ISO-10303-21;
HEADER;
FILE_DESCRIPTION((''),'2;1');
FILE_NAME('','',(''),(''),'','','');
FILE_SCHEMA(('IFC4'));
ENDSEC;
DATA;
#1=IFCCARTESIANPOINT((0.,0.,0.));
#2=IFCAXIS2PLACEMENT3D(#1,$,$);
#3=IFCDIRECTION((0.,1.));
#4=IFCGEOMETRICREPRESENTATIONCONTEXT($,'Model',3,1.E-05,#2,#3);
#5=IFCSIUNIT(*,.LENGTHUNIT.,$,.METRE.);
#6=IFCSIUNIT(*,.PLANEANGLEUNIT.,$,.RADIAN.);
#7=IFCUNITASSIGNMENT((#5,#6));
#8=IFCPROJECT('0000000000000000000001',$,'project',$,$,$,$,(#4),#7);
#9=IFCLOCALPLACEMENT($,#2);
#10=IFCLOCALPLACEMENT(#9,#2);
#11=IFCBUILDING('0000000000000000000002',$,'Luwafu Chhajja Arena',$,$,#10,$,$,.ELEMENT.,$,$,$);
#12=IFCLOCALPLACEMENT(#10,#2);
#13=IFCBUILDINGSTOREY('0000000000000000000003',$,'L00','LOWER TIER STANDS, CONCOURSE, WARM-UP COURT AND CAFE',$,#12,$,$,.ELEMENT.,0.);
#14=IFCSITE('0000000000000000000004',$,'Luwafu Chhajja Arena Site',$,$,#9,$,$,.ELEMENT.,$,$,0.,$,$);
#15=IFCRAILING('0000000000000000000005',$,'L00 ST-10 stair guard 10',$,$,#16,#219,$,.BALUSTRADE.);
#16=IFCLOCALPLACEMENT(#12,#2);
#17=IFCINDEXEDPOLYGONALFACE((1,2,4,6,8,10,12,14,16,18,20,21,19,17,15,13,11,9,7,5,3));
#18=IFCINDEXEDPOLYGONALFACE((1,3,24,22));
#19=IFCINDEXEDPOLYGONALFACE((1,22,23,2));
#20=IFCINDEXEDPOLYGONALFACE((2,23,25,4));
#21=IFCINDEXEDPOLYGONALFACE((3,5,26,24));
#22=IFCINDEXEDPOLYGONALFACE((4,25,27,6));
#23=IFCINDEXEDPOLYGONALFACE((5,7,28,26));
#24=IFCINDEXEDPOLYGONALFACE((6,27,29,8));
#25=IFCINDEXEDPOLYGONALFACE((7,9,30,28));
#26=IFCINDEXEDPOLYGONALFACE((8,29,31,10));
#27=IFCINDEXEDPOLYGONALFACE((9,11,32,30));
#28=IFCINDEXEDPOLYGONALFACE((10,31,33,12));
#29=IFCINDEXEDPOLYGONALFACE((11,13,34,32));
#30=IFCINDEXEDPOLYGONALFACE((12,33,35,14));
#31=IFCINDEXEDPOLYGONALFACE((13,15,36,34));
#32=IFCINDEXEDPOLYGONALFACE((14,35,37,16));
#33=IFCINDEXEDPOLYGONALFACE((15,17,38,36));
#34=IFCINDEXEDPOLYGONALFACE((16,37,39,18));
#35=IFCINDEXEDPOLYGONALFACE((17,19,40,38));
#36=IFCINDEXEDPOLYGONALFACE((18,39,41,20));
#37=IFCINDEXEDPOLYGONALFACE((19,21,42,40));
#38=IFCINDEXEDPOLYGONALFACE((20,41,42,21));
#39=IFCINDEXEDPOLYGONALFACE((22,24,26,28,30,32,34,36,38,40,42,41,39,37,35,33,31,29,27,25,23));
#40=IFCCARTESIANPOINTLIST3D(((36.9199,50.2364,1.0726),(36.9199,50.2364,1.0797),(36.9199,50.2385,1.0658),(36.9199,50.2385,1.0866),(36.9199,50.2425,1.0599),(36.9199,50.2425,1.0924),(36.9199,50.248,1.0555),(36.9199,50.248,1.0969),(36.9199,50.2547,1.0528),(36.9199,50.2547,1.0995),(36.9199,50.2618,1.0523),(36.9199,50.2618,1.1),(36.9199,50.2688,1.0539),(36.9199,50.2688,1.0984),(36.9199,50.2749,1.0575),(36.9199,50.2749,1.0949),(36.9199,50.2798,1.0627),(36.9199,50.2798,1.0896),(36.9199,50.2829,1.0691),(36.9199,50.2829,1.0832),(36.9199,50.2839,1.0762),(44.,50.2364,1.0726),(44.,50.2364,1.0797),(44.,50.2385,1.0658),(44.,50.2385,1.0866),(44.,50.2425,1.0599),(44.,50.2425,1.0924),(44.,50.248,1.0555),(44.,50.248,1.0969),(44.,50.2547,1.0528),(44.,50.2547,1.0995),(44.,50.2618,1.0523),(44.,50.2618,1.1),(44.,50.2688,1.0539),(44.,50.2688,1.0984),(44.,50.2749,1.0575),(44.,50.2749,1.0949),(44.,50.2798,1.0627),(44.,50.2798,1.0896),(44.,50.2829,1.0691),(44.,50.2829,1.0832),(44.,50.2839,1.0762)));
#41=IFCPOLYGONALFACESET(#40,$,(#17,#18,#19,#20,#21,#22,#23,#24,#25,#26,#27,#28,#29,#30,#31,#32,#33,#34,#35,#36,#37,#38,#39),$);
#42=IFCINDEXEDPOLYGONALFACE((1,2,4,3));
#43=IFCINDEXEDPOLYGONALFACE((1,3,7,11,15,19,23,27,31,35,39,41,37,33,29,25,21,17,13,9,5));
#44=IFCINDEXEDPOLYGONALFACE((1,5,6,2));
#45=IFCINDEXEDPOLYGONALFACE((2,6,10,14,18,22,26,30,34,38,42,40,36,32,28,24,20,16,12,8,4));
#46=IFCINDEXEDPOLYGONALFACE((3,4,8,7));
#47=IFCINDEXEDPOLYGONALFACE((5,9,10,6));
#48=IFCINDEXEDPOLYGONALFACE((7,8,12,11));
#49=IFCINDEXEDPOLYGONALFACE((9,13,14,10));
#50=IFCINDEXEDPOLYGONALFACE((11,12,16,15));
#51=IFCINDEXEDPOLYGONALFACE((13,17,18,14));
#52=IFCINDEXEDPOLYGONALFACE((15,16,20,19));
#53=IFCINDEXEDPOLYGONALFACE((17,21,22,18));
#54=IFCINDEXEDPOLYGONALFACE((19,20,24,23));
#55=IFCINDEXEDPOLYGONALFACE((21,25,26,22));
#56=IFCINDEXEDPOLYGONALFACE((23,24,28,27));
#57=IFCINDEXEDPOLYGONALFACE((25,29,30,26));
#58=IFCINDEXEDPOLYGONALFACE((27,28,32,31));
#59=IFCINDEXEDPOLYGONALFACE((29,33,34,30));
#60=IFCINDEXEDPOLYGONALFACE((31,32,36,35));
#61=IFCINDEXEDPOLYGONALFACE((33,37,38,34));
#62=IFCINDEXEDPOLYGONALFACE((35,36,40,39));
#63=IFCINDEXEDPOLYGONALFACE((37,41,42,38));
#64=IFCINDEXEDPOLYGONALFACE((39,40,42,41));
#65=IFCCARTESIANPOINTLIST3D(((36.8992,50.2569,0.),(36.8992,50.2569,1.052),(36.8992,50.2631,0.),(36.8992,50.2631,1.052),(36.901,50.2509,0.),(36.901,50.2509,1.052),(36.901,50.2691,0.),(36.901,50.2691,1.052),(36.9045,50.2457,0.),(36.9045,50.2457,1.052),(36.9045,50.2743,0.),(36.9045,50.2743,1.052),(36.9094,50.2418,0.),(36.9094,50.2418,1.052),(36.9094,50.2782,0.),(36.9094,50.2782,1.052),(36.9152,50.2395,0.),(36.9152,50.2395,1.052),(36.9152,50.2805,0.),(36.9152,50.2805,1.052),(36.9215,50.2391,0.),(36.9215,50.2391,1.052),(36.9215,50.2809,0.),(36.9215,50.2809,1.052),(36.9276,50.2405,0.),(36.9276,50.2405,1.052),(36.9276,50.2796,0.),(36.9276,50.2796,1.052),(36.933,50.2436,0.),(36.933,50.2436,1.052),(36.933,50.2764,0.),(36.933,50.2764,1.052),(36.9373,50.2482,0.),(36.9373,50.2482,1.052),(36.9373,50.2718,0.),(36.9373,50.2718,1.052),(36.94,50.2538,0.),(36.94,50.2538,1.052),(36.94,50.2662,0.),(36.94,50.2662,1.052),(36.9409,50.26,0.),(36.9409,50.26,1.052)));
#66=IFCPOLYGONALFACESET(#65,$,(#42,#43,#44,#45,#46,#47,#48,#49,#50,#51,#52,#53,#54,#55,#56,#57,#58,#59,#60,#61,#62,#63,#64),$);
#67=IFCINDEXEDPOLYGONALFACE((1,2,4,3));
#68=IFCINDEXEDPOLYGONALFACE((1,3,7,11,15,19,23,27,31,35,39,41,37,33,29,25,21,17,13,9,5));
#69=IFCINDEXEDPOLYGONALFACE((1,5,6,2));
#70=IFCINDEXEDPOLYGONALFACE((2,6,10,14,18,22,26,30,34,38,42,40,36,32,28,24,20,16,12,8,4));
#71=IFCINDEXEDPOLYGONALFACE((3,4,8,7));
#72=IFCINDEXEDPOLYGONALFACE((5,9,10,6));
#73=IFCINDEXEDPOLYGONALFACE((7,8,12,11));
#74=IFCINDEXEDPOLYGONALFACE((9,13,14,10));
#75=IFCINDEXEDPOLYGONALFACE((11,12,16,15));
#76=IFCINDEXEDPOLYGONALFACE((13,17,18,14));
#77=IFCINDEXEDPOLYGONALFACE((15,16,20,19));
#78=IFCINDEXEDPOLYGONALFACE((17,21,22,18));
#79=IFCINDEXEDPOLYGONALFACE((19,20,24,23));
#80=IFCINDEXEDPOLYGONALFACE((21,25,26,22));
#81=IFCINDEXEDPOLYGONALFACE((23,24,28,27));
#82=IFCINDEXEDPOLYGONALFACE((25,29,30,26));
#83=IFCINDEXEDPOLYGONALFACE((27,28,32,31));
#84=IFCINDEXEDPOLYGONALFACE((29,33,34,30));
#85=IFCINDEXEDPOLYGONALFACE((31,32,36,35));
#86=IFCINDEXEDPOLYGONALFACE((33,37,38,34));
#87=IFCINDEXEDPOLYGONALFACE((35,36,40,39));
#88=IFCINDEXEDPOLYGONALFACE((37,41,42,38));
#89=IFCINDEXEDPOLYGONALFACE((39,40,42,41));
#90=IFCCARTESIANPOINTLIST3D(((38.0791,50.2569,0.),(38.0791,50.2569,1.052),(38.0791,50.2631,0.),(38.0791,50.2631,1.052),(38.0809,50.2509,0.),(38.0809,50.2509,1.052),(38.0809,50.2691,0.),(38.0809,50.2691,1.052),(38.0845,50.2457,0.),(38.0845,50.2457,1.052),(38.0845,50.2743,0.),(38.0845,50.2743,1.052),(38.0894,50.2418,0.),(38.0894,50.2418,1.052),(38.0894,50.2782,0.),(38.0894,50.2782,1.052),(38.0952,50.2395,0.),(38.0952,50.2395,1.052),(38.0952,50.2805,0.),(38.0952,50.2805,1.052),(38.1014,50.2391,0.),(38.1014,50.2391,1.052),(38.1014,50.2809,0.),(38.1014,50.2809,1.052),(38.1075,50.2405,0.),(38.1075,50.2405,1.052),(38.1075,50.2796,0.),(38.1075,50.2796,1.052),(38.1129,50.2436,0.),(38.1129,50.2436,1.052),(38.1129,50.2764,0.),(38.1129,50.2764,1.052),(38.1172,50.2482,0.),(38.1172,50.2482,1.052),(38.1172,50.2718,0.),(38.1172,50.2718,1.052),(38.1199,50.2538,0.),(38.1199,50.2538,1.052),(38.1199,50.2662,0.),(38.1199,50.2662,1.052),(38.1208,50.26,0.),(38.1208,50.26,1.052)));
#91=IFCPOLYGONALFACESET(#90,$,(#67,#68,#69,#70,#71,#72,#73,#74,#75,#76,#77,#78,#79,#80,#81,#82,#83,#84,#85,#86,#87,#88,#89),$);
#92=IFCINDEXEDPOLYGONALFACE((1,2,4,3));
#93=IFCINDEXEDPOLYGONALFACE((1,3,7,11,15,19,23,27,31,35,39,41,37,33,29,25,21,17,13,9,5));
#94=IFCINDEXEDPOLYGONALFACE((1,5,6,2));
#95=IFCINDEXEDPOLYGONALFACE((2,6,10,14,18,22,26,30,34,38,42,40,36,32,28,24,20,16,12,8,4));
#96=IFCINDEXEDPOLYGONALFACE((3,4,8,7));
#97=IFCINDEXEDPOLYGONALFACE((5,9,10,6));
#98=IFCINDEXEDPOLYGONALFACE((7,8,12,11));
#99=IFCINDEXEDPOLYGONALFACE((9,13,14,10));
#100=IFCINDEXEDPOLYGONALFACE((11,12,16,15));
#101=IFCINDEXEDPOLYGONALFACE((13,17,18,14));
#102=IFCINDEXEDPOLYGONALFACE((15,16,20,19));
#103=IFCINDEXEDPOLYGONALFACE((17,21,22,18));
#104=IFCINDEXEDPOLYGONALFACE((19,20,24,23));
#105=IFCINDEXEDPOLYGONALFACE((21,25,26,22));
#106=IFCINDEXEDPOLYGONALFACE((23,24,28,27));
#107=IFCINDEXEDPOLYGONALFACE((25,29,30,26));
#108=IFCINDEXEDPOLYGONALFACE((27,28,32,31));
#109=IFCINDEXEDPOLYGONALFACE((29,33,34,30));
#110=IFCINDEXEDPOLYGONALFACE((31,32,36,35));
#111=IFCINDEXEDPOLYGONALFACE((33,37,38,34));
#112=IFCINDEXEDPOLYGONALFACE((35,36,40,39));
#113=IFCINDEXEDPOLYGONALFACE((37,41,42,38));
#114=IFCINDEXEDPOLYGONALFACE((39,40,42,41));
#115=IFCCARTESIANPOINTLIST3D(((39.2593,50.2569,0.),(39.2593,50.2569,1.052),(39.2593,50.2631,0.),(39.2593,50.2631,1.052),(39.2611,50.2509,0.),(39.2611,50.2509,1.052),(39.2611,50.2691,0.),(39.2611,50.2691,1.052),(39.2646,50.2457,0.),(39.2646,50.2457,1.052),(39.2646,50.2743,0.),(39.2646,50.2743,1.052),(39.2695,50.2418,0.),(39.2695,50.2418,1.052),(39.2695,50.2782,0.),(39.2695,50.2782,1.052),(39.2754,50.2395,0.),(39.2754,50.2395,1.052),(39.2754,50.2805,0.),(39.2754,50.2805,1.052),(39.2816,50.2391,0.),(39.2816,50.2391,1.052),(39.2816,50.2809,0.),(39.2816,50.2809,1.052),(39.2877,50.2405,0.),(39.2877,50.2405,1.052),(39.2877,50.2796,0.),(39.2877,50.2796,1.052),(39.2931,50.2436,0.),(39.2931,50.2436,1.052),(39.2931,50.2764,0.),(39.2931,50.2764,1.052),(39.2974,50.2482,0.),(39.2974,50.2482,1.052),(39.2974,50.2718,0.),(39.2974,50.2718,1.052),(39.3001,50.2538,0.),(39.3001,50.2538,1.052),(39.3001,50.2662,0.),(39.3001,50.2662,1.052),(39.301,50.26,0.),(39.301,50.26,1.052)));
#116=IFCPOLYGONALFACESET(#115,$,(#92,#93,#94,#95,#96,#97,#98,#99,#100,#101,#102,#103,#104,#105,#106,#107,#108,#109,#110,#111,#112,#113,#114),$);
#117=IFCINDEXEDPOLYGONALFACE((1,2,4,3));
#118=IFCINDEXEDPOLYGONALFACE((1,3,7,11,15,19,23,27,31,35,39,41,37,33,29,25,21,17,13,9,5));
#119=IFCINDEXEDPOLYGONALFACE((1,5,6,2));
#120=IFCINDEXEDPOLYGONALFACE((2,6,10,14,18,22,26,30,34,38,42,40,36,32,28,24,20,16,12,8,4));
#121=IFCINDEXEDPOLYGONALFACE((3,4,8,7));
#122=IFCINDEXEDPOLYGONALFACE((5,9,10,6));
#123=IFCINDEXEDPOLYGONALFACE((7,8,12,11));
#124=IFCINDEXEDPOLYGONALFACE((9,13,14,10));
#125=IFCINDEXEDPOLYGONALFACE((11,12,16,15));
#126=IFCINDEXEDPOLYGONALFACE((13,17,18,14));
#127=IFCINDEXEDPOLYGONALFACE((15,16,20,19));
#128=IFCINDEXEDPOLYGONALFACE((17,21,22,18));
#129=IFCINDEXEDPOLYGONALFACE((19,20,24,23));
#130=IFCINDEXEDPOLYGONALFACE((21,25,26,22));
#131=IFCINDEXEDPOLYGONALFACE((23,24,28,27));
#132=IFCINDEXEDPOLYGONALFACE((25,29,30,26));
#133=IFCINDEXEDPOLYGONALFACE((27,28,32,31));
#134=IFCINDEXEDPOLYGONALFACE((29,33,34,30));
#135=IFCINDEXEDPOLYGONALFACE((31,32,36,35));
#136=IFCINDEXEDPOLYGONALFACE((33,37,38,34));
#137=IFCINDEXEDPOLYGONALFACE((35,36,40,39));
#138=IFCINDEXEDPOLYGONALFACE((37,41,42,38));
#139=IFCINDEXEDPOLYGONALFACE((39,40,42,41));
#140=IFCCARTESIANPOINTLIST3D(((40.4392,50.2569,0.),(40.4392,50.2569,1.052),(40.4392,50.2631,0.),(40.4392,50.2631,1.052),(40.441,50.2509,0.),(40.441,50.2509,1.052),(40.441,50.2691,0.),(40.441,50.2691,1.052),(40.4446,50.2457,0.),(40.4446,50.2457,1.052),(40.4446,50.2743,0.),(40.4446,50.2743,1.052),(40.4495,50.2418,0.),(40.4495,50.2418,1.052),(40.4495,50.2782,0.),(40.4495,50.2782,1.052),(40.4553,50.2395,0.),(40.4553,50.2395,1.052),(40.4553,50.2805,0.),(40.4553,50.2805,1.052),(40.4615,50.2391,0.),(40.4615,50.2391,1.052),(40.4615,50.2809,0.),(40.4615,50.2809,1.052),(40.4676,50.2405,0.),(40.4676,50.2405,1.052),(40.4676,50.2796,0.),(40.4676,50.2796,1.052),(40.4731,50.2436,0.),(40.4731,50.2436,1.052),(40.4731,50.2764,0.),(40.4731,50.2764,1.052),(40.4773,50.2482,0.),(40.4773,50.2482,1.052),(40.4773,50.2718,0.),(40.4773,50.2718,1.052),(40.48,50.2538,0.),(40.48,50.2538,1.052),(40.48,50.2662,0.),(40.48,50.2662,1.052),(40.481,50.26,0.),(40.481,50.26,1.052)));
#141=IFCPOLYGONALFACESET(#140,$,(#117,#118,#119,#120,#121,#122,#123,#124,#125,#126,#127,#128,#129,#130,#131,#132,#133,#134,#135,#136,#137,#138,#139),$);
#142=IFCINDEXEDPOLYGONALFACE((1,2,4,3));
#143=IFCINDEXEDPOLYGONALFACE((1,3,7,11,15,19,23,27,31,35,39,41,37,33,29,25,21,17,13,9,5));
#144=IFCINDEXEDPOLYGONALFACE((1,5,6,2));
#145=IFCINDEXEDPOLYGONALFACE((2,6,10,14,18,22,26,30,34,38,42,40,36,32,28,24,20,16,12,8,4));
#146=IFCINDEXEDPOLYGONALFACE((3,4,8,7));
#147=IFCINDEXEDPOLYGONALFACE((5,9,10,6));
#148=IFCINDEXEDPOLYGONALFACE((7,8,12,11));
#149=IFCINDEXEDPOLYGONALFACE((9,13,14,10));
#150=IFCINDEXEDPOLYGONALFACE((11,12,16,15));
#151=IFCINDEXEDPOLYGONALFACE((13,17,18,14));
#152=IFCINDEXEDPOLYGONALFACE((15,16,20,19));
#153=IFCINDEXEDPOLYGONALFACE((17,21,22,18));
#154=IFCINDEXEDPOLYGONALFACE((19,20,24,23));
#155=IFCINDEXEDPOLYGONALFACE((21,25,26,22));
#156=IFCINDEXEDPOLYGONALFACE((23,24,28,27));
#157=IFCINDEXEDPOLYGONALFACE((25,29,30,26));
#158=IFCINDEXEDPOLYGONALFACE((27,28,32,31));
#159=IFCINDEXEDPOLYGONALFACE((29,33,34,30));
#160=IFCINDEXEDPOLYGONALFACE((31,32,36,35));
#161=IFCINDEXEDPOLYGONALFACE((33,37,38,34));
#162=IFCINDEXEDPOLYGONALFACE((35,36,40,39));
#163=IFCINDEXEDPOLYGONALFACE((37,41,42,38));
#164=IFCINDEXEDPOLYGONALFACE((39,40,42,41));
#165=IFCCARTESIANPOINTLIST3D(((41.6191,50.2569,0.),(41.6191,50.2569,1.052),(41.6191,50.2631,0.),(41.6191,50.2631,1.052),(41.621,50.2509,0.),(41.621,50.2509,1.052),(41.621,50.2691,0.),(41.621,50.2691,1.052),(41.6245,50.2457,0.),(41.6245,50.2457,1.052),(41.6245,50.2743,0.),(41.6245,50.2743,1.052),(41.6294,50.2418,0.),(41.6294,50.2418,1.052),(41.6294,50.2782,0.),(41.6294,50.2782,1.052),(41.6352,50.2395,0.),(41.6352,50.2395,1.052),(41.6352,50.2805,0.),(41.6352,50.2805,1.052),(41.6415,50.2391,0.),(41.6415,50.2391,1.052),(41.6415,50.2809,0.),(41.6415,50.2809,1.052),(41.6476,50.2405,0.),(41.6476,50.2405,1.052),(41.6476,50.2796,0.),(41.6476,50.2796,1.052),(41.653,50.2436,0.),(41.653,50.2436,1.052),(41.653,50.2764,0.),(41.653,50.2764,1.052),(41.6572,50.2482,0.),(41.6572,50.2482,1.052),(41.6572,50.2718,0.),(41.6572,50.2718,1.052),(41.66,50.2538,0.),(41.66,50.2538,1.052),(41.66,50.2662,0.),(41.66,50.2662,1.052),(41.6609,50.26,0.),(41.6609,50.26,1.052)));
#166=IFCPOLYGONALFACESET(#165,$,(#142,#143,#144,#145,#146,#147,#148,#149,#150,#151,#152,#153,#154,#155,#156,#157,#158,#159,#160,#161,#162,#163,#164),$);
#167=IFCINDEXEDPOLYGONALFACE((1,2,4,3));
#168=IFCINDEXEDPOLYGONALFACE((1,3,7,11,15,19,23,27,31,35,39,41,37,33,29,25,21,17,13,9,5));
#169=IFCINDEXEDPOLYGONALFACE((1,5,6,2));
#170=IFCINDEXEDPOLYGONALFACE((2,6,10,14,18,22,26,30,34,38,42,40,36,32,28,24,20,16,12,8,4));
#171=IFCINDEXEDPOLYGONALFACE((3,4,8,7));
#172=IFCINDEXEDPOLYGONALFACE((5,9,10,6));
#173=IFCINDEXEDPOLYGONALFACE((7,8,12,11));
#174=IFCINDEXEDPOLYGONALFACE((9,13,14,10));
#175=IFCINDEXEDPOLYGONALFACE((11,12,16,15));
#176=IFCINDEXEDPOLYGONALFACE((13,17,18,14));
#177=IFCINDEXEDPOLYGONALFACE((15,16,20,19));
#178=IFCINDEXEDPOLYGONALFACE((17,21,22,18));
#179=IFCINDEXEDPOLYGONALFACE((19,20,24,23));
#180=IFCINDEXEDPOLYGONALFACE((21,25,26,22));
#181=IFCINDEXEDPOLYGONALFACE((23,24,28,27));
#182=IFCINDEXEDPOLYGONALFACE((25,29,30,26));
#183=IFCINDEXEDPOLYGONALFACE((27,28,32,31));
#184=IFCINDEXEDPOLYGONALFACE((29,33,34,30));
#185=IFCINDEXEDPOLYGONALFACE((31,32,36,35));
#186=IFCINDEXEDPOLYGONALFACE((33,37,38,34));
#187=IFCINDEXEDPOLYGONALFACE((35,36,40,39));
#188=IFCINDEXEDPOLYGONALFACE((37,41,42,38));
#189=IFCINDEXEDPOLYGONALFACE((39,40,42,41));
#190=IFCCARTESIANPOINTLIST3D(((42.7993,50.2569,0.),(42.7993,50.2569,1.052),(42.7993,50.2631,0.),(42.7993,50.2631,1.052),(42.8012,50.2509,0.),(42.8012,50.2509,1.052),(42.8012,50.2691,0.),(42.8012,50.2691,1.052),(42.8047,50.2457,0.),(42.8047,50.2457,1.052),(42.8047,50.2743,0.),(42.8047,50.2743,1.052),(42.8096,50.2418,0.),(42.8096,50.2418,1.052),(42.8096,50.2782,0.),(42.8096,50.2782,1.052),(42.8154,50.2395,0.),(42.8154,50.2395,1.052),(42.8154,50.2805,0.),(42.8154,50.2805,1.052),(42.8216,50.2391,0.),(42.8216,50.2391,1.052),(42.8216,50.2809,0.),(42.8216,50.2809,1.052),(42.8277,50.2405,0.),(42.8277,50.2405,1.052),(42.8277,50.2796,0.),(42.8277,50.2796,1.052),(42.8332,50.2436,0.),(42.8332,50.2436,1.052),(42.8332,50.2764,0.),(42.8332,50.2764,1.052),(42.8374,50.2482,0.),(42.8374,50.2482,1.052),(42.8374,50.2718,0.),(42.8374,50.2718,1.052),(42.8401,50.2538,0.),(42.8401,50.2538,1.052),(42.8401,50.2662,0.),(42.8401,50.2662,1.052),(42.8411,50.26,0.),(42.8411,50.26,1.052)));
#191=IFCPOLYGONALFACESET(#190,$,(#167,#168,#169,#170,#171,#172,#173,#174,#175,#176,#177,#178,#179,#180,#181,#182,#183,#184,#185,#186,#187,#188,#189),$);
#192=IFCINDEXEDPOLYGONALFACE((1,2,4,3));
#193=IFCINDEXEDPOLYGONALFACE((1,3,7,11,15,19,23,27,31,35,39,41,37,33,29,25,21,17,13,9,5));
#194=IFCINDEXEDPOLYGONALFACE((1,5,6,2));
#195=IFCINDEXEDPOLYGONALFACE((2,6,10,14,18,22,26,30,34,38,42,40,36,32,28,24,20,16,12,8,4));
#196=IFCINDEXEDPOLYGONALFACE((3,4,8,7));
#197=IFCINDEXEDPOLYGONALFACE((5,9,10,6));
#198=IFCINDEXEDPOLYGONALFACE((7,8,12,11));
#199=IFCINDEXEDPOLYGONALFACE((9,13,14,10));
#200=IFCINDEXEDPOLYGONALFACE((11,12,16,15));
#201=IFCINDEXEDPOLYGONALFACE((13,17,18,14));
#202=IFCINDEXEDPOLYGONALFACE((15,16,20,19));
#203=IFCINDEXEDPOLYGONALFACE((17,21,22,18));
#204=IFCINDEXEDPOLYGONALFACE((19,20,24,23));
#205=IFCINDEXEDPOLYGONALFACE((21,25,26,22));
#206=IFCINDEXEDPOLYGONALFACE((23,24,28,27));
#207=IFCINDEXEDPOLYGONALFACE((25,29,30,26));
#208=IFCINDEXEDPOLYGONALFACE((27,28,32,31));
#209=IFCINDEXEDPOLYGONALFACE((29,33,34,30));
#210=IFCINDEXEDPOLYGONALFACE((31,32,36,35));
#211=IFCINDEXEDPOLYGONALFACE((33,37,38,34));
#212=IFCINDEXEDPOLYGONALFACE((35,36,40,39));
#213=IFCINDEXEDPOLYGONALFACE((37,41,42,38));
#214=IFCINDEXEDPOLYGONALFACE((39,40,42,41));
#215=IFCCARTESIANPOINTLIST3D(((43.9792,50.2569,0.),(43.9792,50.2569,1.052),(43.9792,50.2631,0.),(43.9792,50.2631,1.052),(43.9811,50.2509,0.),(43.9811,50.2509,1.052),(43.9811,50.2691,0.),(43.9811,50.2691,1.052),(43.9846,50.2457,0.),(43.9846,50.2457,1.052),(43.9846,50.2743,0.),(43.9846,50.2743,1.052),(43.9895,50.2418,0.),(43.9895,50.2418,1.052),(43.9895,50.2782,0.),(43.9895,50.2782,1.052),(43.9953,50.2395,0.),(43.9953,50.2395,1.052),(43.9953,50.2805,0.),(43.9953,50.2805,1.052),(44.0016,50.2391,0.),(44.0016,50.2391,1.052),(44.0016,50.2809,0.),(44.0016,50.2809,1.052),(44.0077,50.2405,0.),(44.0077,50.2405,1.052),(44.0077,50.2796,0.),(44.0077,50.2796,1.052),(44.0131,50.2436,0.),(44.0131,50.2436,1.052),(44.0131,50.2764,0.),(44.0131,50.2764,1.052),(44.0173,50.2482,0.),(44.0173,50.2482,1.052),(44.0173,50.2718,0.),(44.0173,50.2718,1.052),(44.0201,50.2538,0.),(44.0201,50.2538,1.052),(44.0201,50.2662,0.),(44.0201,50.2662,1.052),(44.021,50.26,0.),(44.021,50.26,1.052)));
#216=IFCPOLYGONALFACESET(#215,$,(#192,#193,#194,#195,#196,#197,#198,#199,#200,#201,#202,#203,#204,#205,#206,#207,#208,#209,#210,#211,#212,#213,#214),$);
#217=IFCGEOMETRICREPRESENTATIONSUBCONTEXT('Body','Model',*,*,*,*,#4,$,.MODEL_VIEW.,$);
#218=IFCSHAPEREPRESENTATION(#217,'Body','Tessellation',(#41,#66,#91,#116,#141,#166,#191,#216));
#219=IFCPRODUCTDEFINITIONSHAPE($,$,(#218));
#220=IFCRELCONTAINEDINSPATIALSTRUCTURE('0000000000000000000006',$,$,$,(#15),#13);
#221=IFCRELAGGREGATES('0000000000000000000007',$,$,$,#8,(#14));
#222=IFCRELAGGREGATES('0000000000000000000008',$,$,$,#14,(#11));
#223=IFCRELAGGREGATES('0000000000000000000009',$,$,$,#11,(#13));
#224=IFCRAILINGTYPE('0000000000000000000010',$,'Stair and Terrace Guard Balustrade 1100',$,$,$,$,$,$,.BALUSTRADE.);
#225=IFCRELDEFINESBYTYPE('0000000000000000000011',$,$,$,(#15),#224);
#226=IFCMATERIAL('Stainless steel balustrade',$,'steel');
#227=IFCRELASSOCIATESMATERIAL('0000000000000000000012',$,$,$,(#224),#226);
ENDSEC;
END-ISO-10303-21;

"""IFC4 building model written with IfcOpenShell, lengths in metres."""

from ifc_helpers import new_model, si_unit, direction, frame, origin, origin_2d, place, context, subcontext, project, spatial, circle, extrude, material, type_object, element, save


model = new_model("IFC4")

# Units and contexts
model_context = context("Model", 3, precision=1e-05, world=origin(), true_north=direction((0.0, 1.0)))
body_context = subcontext(model_context, "Body", "Model", "MODEL_VIEW")
ifc_project = project(units=[si_unit("LENGTHUNIT", "METRE"), si_unit("PLANEANGLEUNIT", "RADIAN")], contexts=[model_context])

# Site, building, storey
site_placement = place(None, origin())
site = spatial("IfcSite", under=ifc_project, at=site_placement, Name="Luwafu Chhajja Arena Site", CompositionType="ELEMENT", RefElevation=0.0)
building_placement = place(site_placement, origin())
building = spatial("IfcBuilding", under=site, at=building_placement, Name="Luwafu Chhajja Arena", CompositionType="ELEMENT")
storey_placement = place(building_placement, origin())
storey = spatial("IfcBuildingStorey", under=building, at=storey_placement, Name="L00", Description="LOWER TIER STANDS, CONCOURSE, WARM-UP COURT AND CAFE", CompositionType="ELEMENT", Elevation=0.0)

# Railing
ifc_material_1 = material(Name="Stainless steel balustrade", Category="steel")
railing_type_1 = type_object("IfcRailingType", Name="Stair and Terrace Guard Balustrade 1100", PredefinedType="BALUSTRADE", material=ifc_material_1)
railing_1_placement = place(storey_placement, frame((36.9199, 50.26, 0.0)))
element("IfcRailing", 1, at=railing_1_placement, inside=storey, type_object=railing_type_1, Name="L00 ST-10 stair guard 10", PredefinedType="BALUSTRADE", context=body_context, shape_type="SweptSolid", body=[
    extrude(circle(Radius=0.0239, at=origin_2d()), frame((0.0, 0.0, 1.0762), z_axis=(1.0, 0.0, 0.0), x_axis=(0.0, 1.0, 0.0)), (0.0, 0.0, 1.0), 7.0801),
    extrude(circle(Radius=0.021, at=origin_2d()), origin(), (0.0, 0.0, 1.0), 1.052),
    extrude(circle(Radius=0.021, at=origin_2d()), frame((1.1799, 0.0, 0.0)), (0.0, 0.0, 1.0), 1.052),
    extrude(circle(Radius=0.021, at=origin_2d()), frame((2.3601, 0.0, 0.0)), (0.0, 0.0, 1.0), 1.052),
    extrude(circle(Radius=0.021, at=origin_2d()), frame((3.54, 0.0, 0.0)), (0.0, 0.0, 1.0), 1.052),
    extrude(circle(Radius=0.021, at=origin_2d()), frame((4.72, 0.0, 0.0)), (0.0, 0.0, 1.0), 1.052),
    extrude(circle(Radius=0.021, at=origin_2d()), frame((5.9001, 0.0, 0.0)), (0.0, 0.0, 1.0), 1.052),
    extrude(circle(Radius=0.021, at=origin_2d()), frame((7.0801, 0.0, 0.0)), (0.0, 0.0, 1.0), 1.052),
])

save(model, "model.ifc")
